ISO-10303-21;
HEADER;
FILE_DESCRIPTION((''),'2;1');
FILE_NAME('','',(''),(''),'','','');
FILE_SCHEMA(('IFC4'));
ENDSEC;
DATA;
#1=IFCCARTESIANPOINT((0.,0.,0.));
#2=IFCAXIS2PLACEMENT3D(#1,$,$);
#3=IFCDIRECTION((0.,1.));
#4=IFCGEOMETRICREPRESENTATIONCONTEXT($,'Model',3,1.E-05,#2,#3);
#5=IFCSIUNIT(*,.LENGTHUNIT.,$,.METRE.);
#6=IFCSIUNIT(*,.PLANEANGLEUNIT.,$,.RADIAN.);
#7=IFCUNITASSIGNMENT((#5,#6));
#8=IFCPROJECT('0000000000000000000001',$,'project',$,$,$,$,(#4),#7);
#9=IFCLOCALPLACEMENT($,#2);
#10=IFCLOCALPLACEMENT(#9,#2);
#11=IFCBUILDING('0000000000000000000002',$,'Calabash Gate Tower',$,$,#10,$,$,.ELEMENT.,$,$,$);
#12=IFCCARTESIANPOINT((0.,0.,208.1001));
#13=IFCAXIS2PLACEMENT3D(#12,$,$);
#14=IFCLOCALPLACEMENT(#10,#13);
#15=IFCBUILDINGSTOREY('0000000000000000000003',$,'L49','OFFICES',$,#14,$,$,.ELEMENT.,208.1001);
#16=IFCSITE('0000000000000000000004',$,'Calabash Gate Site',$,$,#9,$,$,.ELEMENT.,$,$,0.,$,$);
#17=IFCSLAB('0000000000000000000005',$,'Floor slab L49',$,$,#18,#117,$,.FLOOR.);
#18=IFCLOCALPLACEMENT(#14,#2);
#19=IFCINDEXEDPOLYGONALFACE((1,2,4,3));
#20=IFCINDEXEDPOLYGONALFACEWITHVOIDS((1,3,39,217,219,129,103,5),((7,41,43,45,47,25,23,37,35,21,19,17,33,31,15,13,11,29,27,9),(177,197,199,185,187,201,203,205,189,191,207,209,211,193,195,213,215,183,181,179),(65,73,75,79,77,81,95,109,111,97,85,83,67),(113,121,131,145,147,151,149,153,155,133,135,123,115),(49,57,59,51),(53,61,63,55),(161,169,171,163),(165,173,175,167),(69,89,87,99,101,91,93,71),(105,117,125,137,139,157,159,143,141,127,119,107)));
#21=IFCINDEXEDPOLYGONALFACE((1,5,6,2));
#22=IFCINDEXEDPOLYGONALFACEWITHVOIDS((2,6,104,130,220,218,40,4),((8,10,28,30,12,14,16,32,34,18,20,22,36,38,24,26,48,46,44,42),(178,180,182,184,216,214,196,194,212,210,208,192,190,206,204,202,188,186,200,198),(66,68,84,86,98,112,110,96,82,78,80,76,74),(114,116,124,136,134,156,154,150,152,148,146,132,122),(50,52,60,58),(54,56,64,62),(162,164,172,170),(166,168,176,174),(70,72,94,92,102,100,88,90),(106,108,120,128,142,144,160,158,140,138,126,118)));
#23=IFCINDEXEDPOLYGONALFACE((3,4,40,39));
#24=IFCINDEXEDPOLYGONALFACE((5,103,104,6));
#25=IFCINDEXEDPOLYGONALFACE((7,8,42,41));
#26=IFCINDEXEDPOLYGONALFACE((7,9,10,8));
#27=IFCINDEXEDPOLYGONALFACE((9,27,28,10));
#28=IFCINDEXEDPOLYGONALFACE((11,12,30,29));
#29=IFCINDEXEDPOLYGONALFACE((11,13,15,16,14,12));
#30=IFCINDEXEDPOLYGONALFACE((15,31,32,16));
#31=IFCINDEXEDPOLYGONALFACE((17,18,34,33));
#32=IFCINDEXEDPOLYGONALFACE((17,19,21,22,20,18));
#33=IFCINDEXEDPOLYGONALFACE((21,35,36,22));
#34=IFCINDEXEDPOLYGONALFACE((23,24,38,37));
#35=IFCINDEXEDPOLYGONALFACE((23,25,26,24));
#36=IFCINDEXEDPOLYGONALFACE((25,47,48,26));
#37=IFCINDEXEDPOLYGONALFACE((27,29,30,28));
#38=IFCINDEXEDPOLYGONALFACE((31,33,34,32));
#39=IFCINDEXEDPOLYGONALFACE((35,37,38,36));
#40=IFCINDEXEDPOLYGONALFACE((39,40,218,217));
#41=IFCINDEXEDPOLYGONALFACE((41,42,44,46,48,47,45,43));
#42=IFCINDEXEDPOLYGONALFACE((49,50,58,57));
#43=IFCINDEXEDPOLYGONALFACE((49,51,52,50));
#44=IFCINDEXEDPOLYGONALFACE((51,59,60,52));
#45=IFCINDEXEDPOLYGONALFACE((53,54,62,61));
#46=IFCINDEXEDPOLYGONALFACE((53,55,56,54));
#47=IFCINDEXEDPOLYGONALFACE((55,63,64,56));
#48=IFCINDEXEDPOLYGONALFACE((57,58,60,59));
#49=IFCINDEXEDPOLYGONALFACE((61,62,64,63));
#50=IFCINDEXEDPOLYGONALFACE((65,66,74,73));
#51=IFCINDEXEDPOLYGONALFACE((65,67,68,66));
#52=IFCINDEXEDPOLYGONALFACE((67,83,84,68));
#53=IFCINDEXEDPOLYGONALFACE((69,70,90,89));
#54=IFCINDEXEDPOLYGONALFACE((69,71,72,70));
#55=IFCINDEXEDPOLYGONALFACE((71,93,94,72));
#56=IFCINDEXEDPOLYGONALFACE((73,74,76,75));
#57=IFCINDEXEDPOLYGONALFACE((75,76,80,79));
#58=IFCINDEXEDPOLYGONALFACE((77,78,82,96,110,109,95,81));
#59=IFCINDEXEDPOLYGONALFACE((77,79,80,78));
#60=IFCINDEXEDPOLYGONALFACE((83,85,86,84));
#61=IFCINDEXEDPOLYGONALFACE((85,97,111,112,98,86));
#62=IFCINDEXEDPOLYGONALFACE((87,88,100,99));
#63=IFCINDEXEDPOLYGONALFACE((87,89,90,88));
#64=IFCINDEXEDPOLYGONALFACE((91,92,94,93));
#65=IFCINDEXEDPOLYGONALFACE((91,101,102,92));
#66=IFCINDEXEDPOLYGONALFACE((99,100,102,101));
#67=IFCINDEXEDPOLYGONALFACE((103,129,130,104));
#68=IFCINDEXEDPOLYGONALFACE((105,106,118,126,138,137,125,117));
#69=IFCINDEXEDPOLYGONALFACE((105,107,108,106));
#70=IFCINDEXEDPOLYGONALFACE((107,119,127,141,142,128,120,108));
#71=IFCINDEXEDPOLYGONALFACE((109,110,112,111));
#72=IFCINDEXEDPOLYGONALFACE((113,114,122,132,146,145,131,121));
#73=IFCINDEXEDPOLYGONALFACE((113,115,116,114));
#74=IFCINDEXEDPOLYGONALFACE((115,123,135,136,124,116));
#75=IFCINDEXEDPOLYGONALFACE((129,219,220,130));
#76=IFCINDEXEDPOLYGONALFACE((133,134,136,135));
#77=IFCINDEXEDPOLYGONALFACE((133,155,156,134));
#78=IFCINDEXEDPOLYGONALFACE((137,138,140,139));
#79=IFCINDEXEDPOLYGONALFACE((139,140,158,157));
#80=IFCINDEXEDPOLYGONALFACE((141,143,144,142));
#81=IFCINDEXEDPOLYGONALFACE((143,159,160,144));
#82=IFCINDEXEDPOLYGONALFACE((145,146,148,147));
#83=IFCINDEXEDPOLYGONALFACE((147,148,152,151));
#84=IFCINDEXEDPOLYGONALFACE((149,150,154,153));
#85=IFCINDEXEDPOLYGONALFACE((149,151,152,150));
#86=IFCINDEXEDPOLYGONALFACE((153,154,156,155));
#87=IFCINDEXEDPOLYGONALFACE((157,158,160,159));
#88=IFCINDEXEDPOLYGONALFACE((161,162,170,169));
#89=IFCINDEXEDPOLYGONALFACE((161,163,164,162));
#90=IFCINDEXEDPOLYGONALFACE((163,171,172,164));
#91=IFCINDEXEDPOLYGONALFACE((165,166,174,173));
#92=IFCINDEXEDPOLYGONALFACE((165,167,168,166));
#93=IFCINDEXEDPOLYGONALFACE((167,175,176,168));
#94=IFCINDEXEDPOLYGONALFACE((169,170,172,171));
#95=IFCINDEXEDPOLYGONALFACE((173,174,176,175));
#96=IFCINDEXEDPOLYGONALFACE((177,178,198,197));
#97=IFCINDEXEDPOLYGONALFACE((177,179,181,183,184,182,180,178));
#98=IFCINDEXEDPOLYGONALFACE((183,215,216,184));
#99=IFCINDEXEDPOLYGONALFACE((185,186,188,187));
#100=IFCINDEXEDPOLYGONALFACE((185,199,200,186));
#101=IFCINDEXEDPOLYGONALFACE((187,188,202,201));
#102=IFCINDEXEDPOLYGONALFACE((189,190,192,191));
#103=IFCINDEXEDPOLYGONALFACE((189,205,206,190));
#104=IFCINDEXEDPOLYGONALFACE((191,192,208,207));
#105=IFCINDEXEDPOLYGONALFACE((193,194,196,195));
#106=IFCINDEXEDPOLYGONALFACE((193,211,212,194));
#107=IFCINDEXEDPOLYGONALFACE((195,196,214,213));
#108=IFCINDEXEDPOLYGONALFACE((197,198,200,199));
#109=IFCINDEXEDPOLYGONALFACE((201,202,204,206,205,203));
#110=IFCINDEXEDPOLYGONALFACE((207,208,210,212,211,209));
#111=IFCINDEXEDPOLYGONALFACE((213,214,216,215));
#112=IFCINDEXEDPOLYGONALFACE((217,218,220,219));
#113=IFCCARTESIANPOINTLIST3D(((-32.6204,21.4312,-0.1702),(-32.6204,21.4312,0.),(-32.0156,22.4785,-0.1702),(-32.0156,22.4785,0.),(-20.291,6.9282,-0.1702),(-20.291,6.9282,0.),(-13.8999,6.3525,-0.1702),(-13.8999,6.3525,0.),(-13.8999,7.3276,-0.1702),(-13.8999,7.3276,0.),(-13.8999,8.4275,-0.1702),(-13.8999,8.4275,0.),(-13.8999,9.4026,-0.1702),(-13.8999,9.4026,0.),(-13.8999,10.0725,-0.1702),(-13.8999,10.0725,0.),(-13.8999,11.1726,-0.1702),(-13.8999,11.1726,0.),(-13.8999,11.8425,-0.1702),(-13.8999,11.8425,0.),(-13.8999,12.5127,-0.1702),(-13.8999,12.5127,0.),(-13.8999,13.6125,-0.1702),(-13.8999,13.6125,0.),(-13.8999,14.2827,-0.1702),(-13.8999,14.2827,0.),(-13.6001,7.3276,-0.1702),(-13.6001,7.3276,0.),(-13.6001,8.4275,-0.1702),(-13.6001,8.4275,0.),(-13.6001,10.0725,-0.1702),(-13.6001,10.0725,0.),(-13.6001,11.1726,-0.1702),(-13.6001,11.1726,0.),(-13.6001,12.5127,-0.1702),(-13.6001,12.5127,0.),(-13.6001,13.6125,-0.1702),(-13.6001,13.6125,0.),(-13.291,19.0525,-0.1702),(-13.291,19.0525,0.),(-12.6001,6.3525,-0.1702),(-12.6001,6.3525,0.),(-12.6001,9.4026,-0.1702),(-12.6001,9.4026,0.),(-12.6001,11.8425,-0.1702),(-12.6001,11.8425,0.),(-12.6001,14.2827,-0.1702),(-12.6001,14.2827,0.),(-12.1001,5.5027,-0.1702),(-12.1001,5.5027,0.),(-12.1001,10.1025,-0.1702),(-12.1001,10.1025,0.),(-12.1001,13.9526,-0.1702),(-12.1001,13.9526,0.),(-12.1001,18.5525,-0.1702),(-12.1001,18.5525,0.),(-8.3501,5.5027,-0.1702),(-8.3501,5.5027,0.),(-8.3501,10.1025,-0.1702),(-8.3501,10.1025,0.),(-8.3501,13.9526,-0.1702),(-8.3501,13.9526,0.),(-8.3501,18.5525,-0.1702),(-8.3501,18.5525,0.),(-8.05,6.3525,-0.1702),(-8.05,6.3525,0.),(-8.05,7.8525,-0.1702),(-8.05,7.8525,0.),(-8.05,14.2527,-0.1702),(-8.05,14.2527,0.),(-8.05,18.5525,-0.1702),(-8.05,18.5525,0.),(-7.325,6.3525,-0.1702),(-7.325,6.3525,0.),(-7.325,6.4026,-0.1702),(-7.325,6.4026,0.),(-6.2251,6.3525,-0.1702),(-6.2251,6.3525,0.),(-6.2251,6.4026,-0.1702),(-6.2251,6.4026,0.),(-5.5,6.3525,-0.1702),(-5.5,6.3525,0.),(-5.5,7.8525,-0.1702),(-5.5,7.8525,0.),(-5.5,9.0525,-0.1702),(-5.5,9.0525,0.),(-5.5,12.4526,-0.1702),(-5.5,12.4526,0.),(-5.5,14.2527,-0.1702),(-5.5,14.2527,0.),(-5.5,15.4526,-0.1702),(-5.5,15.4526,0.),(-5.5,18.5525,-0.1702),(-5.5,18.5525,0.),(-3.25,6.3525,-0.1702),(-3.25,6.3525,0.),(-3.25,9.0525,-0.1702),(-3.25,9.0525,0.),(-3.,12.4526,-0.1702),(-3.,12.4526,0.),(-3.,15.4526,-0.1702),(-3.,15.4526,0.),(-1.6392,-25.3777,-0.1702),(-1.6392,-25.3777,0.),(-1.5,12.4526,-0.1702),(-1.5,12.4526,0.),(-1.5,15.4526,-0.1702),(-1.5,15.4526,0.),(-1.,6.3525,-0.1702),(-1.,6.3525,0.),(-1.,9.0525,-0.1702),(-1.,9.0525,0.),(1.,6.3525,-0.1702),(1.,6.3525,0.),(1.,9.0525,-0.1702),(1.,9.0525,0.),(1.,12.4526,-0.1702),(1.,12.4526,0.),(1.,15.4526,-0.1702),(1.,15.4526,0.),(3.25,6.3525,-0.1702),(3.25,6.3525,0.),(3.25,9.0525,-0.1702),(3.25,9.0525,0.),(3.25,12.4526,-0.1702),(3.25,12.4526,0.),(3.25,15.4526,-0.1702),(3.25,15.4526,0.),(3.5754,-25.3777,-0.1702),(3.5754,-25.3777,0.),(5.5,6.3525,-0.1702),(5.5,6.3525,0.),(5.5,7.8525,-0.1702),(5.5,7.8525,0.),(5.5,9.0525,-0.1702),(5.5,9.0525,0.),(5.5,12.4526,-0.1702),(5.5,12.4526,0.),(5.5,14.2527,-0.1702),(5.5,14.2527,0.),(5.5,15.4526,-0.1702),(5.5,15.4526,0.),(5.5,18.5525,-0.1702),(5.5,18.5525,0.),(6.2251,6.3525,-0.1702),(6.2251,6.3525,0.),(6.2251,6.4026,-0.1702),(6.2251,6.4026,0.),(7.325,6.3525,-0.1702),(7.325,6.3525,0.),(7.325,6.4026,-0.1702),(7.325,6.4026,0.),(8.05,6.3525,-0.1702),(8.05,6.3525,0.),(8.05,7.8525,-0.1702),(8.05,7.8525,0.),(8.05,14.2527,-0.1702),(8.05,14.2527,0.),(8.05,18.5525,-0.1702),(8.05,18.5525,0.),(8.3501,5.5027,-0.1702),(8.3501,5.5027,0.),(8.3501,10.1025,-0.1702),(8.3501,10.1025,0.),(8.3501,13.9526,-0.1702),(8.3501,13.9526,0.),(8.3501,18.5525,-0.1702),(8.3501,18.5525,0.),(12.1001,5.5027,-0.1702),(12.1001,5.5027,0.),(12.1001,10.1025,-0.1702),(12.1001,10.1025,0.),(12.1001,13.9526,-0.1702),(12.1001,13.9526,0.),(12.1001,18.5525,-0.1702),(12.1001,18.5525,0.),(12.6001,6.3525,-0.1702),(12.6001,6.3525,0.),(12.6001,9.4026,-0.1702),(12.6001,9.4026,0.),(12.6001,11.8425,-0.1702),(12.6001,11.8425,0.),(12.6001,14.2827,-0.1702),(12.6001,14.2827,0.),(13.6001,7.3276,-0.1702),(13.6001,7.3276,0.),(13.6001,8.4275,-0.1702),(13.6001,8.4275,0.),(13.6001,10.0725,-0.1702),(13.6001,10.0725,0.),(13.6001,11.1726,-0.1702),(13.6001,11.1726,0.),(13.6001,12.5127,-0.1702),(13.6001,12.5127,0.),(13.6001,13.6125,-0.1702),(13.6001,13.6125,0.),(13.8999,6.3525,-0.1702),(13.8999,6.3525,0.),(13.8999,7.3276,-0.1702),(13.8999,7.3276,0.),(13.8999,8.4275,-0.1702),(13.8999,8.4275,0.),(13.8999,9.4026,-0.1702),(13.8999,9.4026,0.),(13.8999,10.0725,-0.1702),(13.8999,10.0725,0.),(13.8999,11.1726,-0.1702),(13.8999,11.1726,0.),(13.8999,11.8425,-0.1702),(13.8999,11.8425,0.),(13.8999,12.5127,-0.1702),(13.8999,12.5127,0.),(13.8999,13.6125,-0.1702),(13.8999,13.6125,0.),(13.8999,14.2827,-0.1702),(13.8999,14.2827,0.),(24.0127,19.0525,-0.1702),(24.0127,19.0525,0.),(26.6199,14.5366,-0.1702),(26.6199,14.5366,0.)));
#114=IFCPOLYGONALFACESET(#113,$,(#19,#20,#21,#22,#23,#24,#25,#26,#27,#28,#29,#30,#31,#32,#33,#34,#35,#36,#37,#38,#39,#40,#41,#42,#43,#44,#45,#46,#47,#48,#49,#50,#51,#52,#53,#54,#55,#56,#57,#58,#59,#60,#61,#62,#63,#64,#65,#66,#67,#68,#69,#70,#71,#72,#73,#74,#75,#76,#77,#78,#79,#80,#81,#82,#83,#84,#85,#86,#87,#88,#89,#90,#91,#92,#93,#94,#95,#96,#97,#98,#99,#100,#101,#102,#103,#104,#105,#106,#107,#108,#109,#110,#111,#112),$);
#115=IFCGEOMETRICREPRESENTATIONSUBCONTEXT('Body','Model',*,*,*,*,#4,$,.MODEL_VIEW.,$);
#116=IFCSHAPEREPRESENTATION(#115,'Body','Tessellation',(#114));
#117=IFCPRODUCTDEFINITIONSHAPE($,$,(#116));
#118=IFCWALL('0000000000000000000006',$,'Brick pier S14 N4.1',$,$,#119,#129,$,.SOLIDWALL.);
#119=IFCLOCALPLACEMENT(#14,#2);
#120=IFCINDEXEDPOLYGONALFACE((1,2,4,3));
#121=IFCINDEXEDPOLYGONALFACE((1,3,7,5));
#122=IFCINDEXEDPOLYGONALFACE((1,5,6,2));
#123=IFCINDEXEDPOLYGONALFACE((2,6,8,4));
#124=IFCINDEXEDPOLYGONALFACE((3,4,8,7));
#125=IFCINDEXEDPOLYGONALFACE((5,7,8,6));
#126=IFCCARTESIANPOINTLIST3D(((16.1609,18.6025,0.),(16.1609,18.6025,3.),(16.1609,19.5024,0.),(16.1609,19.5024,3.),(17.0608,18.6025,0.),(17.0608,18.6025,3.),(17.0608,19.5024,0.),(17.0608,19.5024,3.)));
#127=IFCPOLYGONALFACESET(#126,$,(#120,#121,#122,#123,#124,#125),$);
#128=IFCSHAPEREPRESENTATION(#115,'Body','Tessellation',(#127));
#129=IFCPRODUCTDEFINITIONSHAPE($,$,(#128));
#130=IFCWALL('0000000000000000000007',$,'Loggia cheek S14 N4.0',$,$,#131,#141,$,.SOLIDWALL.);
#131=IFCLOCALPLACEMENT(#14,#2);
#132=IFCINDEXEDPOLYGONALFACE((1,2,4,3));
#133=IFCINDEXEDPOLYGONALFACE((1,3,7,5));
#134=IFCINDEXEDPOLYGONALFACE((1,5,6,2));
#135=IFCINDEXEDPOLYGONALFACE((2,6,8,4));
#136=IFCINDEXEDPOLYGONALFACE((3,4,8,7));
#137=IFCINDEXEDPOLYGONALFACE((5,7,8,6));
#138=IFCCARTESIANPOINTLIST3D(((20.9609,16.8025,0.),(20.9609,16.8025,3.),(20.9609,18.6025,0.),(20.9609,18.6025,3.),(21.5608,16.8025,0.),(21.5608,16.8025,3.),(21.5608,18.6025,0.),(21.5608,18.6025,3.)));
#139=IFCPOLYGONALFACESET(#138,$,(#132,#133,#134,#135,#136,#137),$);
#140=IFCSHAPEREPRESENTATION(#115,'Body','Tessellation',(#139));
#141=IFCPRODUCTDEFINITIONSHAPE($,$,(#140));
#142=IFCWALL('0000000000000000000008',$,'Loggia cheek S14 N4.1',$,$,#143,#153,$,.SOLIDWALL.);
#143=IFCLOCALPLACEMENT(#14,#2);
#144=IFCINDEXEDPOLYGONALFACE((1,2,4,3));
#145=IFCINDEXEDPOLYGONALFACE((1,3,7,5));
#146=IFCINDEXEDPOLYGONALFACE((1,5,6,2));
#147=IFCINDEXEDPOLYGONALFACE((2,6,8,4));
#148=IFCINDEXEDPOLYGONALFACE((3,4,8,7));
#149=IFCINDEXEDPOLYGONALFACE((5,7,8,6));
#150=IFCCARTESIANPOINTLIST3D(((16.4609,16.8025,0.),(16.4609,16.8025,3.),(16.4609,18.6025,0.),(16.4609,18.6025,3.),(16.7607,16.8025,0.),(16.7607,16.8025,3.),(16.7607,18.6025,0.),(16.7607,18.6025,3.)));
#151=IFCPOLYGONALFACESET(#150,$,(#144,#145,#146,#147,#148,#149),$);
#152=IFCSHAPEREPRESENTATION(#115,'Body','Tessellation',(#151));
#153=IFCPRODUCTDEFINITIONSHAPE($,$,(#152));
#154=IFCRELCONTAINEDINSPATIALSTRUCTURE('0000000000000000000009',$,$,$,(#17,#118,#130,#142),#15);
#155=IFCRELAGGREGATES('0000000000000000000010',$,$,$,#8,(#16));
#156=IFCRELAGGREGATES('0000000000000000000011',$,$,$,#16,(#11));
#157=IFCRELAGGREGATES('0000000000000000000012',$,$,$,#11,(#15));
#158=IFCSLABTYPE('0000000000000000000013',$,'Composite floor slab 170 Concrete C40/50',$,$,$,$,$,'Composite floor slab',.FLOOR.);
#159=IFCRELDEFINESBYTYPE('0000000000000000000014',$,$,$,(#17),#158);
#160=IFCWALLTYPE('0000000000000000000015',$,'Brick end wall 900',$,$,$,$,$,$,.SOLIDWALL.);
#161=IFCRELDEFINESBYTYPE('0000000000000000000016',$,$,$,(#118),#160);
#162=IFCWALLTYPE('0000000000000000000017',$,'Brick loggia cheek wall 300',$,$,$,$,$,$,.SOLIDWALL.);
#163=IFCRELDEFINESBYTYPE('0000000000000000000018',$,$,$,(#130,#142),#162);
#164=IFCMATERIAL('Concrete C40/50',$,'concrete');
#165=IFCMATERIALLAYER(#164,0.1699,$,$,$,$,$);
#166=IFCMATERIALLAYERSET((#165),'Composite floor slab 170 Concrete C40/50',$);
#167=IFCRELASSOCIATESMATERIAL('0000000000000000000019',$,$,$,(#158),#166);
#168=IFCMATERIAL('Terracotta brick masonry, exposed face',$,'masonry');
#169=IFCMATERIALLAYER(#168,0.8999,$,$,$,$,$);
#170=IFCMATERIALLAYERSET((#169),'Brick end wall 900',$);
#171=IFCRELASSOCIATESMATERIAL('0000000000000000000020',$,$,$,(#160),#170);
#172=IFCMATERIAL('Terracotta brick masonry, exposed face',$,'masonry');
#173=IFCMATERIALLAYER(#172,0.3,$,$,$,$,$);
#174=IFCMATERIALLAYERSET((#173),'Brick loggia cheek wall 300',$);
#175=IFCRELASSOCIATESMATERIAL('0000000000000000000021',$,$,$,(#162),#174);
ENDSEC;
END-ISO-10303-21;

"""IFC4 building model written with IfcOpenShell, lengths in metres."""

from ifc_helpers import new_model, si_unit, direction, frame, origin, place, context, subcontext, project, spatial, polyline, outline, extrude, material, layer, layer_set, type_object, element, save


model = new_model("IFC4")

# Units and contexts
model_context = context("Model", 3, precision=1e-05, world=origin(), true_north=direction((0.0, 1.0)))
body_context = subcontext(model_context, "Body", "Model", "MODEL_VIEW")
ifc_project = project(units=[si_unit("LENGTHUNIT", "METRE"), si_unit("PLANEANGLEUNIT", "RADIAN")], contexts=[model_context])

# Site, building, storey
site_placement = place(None, origin())
site = spatial("IfcSite", under=ifc_project, at=site_placement, Name="Calabash Gate Site", CompositionType="ELEMENT", RefElevation=0.0)
building_placement = place(site_placement, origin())
building = spatial("IfcBuilding", under=site, at=building_placement, Name="Calabash Gate Tower", CompositionType="ELEMENT")
storey_placement = place(building_placement, frame((0.0, 0.0, 208.1001)))
storey = spatial("IfcBuildingStorey", under=building, at=storey_placement, Name="L49", Description="OFFICES", CompositionType="ELEMENT", Elevation=208.1001)

# Slab
ifc_material_1 = material(Name="Concrete C40/50", Category="concrete")
ifc_layer_1 = layer(ifc_material_1, 0.1699)
ifc_layer_set_1 = layer_set([ifc_layer_1], Name="Composite floor slab 170 Concrete C40/50")
slab_type = type_object("IfcSlabType", Name="Composite floor slab 170 Concrete C40/50", ElementType="Composite floor slab", PredefinedType="FLOOR", material=ifc_layer_set_1)
slab_placement = place(storey_placement, frame((0.0, 0.0, -0.1702)))
element("IfcSlab", 1, at=slab_placement, inside=storey, type_object=slab_type, Name="Floor slab L49", PredefinedType="FLOOR", context=body_context, shape_type="SweptSolid", body=[
    extrude(outline(polyline([(3.5754, -25.3777), (-1.6392, -25.3777), (-20.291, 6.9282), (-32.6204, 21.4312), (-32.0156, 22.4785), (-13.291, 19.0525), (24.0127, 19.0525), (26.6199, 14.5366), (3.5754, -25.3777)]), holes=[polyline([(-7.325, 6.3525), (-7.325, 6.4026), (-6.2251, 6.4026), (-6.2251, 6.3525), (-5.5, 6.3525), (-3.25, 6.3525), (-1.0, 6.3525), (-1.0, 9.0525), (-3.25, 9.0525), (-5.5, 9.0525), (-5.5, 7.8525), (-8.05, 7.8525), (-8.05, 6.3525), (-7.325, 6.3525)]), polyline([(8.05, 6.3525), (8.05, 7.8525), (5.5, 7.8525), (5.5, 9.0525), (3.25, 9.0525), (1.0, 9.0525), (1.0, 6.3525), (3.25, 6.3525), (5.5, 6.3525), (6.2251, 6.3525), (6.2251, 6.4026), (7.325, 6.4026), (7.325, 6.3525), (8.05, 6.3525)]), polyline([(-8.05, 18.5525), (-8.05, 14.2527), (-5.5, 14.2527), (-5.5, 12.4526), (-3.0, 12.4526), (-3.0, 15.4526), (-5.5, 15.4526), (-5.5, 18.5525), (-8.05, 18.5525)]), polyline([(5.5, 14.2527), (8.05, 14.2527), (8.05, 18.5525), (5.5, 18.5525), (5.5, 15.4526), (3.25, 15.4526), (1.0, 15.4526), (-1.5, 15.4526), (-1.5, 12.4526), (1.0, 12.4526), (3.25, 12.4526), (5.5, 12.4526), (5.5, 14.2527)]), polyline([(-12.1001, 13.9526), (-8.3501, 13.9526), (-8.3501, 18.5525), (-12.1001, 18.5525), (-12.1001, 13.9526)]), polyline([(-8.3501, 5.5027), (-8.3501, 10.1025), (-12.1001, 10.1025), (-12.1001, 5.5027), (-8.3501, 5.5027)]), polyline([(12.1001, 18.5525), (8.3501, 18.5525), (8.3501, 13.9526), (12.1001, 13.9526), (12.1001, 18.5525)]), polyline([(8.3501, 10.1025), (8.3501, 5.5027), (12.1001, 5.5027), (12.1001, 10.1025), (8.3501, 10.1025)]), polyline([(-13.8999, 6.3525), (-12.6001, 6.3525), (-12.6001, 9.4026), (-12.6001, 11.8425), (-12.6001, 14.2827), (-13.8999, 14.2827), (-13.8999, 13.6125), (-13.6001, 13.6125), (-13.6001, 12.5127), (-13.8999, 12.5127), (-13.8999, 11.8425), (-13.8999, 11.1726), (-13.6001, 11.1726), (-13.6001, 10.0725), (-13.8999, 10.0725), (-13.8999, 9.4026), (-13.8999, 8.4275), (-13.6001, 8.4275), (-13.6001, 7.3276), (-13.8999, 7.3276), (-13.8999, 6.3525)]), polyline([(13.6001, 7.3276), (13.6001, 8.4275), (13.8999, 8.4275), (13.8999, 9.4026), (13.8999, 10.0725), (13.6001, 10.0725), (13.6001, 11.1726), (13.8999, 11.1726), (13.8999, 11.8425), (13.8999, 12.5127), (13.6001, 12.5127), (13.6001, 13.6125), (13.8999, 13.6125), (13.8999, 14.2827), (12.6001, 14.2827), (12.6001, 11.8425), (12.6001, 9.4026), (12.6001, 6.3525), (13.8999, 6.3525), (13.8999, 7.3276), (13.6001, 7.3276)])]), origin(), (0.0, 0.0, 1.0), 0.1702),
])

# Walls
ifc_material_2 = material(Name="Terracotta brick masonry, exposed face", Category="masonry")
ifc_layer_2 = layer(ifc_material_2, 0.8999)
ifc_layer_set_2 = layer_set([ifc_layer_2], Name="Brick end wall 900")
wall_type_1 = type_object("IfcWallType", Name="Brick end wall 900", PredefinedType="SOLIDWALL", material=ifc_layer_set_2)
wall_1_placement = place(storey_placement, origin())
element("IfcWall", 2, at=wall_1_placement, inside=storey, type_object=wall_type_1, Name="Brick pier S14 N4.1", PredefinedType="SOLIDWALL", context=body_context, shape_type="SweptSolid", body=[
    extrude(outline(polyline([(17.0608, 19.5024), (16.1609, 19.5024), (16.1609, 18.6025), (17.0608, 18.6025), (17.0608, 19.5024)])), origin(), (0.0, 0.0, 1.0), 3.0),
])
ifc_material_3 = material(Name="Terracotta brick masonry, exposed face", Category="masonry")
ifc_layer_3 = layer(ifc_material_3, 0.3)
ifc_layer_set_3 = layer_set([ifc_layer_3], Name="Brick loggia cheek wall 300")
wall_type_2 = type_object("IfcWallType", Name="Brick loggia cheek wall 300", PredefinedType="SOLIDWALL", material=ifc_layer_set_3)
wall_2_placement = place(storey_placement, origin())
element("IfcWall", 3, at=wall_2_placement, inside=storey, type_object=wall_type_2, Name="Loggia cheek S14 N4.0", PredefinedType="SOLIDWALL", context=body_context, shape_type="SweptSolid", body=[
    extrude(outline(polyline([(21.5608, 16.8025), (21.5608, 18.6025), (20.9609, 18.6025), (20.9609, 16.8025), (21.5608, 16.8025)])), origin(), (0.0, 0.0, 1.0), 3.0),
])
wall_3_placement = place(storey_placement, origin())
element("IfcWall", 4, at=wall_3_placement, inside=storey, type_object=wall_type_2, Name="Loggia cheek S14 N4.1", PredefinedType="SOLIDWALL", context=body_context, shape_type="SweptSolid", body=[
    extrude(outline(polyline([(16.4609, 18.6025), (16.4609, 16.8025), (16.7607, 16.8025), (16.7607, 18.6025), (16.4609, 18.6025)])), origin(), (0.0, 0.0, 1.0), 3.0),
])

save(model, "model.ifc")
